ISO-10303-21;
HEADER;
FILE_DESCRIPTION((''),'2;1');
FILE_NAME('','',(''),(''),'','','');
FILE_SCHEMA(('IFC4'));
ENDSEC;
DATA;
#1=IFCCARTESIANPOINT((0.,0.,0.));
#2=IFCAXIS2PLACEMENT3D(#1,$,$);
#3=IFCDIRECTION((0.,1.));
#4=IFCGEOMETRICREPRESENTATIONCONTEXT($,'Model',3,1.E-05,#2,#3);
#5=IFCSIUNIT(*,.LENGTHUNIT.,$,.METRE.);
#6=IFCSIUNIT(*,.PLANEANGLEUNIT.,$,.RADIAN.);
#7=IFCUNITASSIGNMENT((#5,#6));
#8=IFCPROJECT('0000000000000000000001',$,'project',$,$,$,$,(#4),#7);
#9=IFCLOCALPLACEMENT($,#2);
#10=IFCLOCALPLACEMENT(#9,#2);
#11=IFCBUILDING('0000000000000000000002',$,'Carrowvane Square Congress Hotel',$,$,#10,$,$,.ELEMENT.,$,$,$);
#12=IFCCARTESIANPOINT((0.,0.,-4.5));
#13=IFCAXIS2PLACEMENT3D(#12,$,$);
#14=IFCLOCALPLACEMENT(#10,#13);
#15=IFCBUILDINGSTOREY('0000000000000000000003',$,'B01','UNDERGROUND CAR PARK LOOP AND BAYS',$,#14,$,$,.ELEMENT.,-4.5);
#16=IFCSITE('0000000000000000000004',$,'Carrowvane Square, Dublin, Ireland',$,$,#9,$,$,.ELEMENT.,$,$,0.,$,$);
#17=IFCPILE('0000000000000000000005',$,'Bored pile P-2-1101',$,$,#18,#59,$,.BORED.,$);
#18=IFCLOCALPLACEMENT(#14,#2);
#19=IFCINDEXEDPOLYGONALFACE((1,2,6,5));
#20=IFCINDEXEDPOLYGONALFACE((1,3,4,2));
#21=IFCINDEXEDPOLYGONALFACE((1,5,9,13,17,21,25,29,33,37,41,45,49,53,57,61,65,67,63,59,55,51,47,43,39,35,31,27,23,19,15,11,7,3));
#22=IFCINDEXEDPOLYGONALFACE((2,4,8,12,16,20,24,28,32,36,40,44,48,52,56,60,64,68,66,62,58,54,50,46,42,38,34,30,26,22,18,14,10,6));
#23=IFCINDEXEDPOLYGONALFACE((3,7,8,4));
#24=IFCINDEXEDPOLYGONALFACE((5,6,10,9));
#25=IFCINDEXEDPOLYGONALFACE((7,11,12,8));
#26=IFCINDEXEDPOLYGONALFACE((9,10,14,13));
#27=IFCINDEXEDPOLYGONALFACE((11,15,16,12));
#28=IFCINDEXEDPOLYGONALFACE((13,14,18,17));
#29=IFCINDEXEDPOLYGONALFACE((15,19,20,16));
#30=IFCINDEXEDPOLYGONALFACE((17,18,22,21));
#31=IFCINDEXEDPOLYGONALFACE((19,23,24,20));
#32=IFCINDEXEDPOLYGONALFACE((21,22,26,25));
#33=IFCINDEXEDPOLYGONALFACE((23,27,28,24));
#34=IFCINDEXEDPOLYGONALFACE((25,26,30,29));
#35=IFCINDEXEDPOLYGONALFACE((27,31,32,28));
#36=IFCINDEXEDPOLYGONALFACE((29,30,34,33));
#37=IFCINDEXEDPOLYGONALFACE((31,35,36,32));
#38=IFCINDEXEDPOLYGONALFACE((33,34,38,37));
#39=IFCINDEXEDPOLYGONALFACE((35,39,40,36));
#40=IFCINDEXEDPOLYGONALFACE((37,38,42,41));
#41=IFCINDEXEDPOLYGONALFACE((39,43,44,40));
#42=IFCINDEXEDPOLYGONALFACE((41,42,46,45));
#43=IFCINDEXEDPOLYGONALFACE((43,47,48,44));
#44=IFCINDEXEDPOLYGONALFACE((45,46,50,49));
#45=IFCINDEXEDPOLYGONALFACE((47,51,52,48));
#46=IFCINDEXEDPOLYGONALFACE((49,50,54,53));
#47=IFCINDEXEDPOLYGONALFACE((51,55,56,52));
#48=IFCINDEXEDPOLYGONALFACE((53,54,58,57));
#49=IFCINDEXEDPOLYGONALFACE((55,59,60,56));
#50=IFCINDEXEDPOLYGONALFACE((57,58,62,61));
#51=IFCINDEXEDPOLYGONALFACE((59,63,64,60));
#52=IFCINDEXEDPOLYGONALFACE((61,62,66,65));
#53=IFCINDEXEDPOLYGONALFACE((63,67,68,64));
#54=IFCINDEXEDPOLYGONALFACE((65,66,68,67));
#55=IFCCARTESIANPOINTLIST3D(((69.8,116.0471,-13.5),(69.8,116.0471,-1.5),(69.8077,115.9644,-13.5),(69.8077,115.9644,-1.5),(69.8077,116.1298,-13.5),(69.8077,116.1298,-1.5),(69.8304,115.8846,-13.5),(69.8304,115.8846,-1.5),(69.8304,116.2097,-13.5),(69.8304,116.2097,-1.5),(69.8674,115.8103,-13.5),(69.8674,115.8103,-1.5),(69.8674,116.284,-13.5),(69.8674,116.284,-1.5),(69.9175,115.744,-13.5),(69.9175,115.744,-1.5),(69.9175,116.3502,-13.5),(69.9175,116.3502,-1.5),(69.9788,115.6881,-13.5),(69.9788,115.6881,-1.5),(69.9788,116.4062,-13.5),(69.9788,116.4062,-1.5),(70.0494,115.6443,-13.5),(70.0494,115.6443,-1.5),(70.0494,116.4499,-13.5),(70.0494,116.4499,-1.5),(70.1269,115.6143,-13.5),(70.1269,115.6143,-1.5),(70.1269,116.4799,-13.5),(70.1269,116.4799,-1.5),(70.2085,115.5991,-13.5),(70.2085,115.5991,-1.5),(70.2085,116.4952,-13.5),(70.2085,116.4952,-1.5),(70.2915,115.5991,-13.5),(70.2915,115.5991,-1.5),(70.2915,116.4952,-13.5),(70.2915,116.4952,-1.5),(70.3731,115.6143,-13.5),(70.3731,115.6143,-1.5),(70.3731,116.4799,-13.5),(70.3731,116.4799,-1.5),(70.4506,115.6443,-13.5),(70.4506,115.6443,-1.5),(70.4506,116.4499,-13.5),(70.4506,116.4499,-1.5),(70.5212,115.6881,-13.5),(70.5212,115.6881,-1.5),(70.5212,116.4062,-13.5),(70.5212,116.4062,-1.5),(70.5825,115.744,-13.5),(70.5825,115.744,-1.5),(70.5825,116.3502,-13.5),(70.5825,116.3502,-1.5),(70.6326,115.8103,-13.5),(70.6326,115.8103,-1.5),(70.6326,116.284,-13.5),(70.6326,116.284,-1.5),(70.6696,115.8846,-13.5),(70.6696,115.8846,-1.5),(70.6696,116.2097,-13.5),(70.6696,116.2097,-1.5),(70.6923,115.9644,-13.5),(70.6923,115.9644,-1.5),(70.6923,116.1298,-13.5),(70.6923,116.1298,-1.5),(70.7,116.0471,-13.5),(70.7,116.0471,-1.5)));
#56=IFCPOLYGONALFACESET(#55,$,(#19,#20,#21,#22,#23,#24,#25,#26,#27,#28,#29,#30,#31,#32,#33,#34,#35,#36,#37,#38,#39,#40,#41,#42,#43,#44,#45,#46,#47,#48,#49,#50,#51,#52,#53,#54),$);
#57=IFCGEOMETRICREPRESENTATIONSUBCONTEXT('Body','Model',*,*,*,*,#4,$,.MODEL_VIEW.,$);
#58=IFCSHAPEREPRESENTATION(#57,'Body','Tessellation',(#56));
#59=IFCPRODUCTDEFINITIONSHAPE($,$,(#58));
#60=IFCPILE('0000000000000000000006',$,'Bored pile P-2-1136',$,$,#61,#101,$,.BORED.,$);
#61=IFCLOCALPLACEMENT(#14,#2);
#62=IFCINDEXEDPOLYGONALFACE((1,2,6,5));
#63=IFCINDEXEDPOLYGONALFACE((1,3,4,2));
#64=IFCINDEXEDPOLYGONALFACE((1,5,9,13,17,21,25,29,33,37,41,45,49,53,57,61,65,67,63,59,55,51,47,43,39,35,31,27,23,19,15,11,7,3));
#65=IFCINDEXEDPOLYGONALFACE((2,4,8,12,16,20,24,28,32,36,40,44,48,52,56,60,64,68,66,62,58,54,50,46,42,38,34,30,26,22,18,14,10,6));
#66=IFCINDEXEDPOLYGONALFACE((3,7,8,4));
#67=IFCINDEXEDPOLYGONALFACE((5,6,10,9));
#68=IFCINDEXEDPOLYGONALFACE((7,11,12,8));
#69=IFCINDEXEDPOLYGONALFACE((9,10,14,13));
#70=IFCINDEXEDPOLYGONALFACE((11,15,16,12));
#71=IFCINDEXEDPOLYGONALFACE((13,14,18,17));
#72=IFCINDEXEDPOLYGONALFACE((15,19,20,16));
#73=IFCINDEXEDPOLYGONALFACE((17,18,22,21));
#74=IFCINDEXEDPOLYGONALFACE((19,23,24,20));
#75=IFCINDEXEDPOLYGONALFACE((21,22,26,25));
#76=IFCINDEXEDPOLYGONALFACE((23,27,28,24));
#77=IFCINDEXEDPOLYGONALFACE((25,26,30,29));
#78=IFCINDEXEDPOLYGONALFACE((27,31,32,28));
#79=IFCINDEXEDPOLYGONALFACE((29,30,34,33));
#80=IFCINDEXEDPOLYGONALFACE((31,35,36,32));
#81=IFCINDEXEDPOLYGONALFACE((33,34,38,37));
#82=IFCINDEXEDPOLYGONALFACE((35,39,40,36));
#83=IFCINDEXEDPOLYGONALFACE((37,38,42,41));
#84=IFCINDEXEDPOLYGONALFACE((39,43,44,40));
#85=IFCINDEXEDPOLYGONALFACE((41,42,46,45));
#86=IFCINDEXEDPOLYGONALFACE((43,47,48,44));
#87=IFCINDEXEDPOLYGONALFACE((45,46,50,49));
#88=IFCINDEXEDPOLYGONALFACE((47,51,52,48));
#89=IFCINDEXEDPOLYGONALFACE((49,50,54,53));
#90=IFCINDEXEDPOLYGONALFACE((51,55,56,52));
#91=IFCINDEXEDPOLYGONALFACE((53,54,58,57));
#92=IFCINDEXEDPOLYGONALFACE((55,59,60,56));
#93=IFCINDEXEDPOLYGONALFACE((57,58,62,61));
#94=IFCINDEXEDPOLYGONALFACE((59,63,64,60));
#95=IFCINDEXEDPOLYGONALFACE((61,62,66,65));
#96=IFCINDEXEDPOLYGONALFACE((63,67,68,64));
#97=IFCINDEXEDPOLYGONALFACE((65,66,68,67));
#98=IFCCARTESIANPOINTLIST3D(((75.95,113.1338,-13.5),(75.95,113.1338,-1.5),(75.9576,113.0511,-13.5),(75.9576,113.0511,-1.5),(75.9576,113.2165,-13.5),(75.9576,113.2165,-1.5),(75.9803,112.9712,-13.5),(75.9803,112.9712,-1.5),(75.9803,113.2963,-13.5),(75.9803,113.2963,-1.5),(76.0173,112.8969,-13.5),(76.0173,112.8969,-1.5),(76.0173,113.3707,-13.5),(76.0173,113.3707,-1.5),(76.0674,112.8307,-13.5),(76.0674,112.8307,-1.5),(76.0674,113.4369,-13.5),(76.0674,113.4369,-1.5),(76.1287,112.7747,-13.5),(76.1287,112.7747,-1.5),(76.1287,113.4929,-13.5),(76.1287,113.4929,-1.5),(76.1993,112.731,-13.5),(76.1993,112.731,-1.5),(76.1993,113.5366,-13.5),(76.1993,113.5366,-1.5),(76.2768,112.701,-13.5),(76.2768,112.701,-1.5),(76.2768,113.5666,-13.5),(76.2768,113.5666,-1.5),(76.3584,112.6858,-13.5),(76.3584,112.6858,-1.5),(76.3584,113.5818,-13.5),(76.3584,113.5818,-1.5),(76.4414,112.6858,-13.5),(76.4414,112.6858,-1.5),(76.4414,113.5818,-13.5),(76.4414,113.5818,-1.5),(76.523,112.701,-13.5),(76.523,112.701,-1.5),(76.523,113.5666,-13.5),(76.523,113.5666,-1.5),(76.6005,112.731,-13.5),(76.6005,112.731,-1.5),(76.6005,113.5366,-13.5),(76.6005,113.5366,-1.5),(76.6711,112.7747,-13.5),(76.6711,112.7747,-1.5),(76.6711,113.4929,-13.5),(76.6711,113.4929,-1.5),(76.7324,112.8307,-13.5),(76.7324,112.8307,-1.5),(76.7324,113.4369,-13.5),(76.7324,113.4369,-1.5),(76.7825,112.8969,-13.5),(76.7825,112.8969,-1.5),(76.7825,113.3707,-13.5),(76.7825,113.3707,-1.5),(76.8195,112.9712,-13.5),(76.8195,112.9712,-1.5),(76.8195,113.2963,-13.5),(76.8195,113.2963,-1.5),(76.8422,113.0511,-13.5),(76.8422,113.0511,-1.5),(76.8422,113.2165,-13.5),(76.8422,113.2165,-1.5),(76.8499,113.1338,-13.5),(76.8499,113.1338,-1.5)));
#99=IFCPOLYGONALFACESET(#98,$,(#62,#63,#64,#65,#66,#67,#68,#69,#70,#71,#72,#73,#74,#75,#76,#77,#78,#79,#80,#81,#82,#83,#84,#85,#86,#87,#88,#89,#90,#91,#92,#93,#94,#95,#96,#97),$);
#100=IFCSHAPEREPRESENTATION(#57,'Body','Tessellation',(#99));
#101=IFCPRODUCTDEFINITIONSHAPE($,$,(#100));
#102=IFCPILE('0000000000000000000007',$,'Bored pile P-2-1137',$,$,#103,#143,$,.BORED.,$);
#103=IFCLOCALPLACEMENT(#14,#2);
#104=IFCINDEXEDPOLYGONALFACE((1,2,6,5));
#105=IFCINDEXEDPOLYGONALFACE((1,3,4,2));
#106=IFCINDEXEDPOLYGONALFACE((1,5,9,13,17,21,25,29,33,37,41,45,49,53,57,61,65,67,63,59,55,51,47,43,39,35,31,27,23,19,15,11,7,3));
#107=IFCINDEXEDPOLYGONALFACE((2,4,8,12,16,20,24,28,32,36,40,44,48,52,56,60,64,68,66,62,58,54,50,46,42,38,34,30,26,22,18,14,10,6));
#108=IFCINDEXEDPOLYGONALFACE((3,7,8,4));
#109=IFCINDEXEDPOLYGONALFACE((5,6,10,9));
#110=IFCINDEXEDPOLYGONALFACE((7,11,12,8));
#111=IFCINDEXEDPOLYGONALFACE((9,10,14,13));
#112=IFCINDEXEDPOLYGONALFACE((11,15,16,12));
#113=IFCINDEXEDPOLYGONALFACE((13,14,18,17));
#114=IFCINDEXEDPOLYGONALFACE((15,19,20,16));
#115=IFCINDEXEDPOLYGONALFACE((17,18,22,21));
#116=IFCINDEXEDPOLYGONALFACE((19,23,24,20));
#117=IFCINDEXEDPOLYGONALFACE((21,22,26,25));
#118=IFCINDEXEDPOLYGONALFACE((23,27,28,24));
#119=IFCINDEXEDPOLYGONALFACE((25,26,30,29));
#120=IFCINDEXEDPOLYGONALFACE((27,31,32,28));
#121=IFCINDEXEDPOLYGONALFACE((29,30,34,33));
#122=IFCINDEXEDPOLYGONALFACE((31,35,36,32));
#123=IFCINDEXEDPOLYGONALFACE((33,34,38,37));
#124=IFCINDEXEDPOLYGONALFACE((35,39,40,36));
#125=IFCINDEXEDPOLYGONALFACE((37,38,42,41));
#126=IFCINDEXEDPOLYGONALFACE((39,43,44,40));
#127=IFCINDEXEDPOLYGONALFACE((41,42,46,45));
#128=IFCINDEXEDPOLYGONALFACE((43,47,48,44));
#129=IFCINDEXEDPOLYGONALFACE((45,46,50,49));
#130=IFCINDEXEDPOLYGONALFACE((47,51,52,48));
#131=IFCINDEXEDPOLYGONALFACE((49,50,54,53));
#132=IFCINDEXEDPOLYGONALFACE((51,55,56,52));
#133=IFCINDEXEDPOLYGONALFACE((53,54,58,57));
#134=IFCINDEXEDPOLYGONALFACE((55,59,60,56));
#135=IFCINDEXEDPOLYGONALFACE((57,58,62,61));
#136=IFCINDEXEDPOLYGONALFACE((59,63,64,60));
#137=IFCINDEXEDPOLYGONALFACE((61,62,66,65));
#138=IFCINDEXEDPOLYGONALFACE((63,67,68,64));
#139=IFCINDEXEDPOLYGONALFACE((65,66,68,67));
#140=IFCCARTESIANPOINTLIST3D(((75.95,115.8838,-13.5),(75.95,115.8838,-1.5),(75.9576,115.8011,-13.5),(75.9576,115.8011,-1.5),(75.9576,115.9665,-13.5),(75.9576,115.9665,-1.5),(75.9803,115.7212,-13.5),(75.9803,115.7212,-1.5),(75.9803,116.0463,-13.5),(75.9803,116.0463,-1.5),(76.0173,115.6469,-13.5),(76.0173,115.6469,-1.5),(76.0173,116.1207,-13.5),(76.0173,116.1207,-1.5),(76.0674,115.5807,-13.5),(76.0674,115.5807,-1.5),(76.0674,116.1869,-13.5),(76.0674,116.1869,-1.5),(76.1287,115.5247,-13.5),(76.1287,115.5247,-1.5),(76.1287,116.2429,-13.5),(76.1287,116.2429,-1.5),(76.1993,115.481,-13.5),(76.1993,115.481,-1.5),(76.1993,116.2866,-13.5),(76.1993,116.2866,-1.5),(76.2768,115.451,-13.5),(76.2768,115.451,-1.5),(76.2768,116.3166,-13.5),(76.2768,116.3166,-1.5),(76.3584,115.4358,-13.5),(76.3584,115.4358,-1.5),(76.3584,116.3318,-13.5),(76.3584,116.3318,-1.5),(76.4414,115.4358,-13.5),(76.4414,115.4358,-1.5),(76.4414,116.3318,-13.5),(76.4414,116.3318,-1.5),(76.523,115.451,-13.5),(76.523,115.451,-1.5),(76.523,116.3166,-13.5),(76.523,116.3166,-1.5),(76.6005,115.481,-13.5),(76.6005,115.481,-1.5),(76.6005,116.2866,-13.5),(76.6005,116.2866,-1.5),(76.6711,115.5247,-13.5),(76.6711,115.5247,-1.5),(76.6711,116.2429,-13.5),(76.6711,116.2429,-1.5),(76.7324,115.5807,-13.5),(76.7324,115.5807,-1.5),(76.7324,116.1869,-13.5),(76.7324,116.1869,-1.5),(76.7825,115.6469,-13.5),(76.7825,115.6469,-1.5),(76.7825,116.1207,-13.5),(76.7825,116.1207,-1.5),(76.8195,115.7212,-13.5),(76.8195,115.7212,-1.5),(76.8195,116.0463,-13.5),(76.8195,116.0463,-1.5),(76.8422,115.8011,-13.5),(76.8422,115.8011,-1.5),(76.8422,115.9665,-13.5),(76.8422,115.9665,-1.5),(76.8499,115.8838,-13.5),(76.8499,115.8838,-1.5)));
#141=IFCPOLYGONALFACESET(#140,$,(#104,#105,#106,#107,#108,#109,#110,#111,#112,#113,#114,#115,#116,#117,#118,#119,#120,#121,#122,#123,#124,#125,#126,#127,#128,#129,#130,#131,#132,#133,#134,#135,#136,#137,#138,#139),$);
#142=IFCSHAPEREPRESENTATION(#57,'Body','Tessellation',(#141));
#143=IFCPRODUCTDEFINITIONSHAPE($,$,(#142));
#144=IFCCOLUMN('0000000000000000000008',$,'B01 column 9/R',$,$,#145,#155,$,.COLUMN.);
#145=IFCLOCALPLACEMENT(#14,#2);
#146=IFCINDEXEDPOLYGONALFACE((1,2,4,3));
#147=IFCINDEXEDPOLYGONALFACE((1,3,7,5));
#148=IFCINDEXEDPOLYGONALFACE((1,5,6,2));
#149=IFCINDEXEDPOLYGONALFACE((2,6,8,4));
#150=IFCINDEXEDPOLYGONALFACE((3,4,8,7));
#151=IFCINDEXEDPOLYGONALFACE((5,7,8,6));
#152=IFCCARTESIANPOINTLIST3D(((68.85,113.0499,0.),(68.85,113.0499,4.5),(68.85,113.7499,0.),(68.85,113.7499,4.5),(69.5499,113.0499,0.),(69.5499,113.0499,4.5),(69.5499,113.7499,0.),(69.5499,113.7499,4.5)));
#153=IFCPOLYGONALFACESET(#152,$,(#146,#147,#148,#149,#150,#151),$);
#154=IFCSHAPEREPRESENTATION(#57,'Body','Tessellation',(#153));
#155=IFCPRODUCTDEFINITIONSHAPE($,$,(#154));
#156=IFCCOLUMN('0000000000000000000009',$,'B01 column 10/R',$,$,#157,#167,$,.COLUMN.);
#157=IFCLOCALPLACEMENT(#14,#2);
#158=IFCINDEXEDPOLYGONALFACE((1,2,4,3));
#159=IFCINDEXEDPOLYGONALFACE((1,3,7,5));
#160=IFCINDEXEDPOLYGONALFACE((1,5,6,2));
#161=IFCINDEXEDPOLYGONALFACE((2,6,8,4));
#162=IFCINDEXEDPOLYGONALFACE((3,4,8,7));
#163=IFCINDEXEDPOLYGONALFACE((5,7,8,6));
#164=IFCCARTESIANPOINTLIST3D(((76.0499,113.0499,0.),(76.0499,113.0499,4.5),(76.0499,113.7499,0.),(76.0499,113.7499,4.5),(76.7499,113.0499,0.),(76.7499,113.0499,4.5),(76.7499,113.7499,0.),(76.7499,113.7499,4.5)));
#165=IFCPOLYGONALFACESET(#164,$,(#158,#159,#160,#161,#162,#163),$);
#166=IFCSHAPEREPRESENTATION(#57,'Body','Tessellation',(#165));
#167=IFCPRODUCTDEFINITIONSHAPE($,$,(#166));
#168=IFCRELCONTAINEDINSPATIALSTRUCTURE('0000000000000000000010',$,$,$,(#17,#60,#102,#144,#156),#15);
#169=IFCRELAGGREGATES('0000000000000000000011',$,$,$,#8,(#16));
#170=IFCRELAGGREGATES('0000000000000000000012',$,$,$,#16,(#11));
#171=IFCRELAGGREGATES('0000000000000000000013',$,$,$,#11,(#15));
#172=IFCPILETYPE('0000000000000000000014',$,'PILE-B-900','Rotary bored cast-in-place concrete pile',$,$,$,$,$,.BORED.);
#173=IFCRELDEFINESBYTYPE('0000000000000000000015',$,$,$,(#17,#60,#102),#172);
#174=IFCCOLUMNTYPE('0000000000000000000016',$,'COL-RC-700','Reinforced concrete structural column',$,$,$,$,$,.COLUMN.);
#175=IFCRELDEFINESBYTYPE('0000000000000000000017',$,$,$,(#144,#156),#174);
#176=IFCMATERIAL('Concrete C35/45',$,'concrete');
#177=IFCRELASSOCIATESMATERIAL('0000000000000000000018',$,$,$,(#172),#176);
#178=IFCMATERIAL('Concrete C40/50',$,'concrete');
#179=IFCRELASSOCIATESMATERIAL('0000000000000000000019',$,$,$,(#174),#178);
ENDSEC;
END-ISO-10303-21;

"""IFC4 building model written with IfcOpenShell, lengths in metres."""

from ifc_helpers import new_model, si_unit, direction, frame, origin, origin_2d, place, context, subcontext, project, spatial, rectangle, circle, extrude, material, material_profile, profile_set, type_object, element, save


model = new_model("IFC4")

# Units and contexts
model_context = context("Model", 3, precision=1e-05, world=origin(), true_north=direction((0.0, 1.0)))
body_context = subcontext(model_context, "Body", "Model", "MODEL_VIEW")
ifc_project = project(units=[si_unit("LENGTHUNIT", "METRE"), si_unit("PLANEANGLEUNIT", "RADIAN")], contexts=[model_context])

# Site, building, storey
site_placement = place(None, origin())
site = spatial("IfcSite", under=ifc_project, at=site_placement, Name="Carrowvane Square, Dublin, Ireland", CompositionType="ELEMENT", RefElevation=0.0)
building_placement = place(site_placement, origin())
building = spatial("IfcBuilding", under=site, at=building_placement, Name="Carrowvane Square Congress Hotel", CompositionType="ELEMENT")
storey_placement = place(building_placement, frame((0.0, 0.0, -4.5)))
storey = spatial("IfcBuildingStorey", under=building, at=storey_placement, Name="B01", Description="UNDERGROUND CAR PARK LOOP AND BAYS", CompositionType="ELEMENT", Elevation=-4.5)

# Piles
ifc_material_1 = material(Name="Concrete C35/45", Category="concrete")
ifc_material_profile_1 = material_profile(ifc_material_1, circle(Radius=0.45, at=origin_2d()), Name="PILE D900")
ifc_profile_set_1 = profile_set([ifc_material_profile_1], Name="Concrete C35/45")
pile_type = type_object("IfcPileType", Name="PILE-B-900", Description="Rotary bored cast-in-place concrete pile", PredefinedType="BORED", material=ifc_profile_set_1)
for number, where, z_axis, x_axis, name in (
    (1, (70.25, 116.0471, -1.5), (0.0, 0.0, -1.0), (1.0, 0.0, 0.0), "Bored pile P-2-1101"),
    (2, (76.3999, 113.1338, -1.5), (0.0, 0.0, -1.0), (1.0, 0.0, 0.0), "Bored pile P-2-1136"),
    (3, (76.3999, 115.8838, -1.5), (0.0, 0.0, -1.0), (1.0, 0.0, 0.0), "Bored pile P-2-1137"),
):
    element("IfcPile", number, at=place(storey_placement, frame(where, z_axis=z_axis, x_axis=x_axis)), inside=storey, type_object=pile_type, Name=name, PredefinedType="BORED", context=body_context, shape_type="SweptSolid", body=[
        extrude(circle(Radius=0.45, at=origin_2d()), origin(), (0.0, 0.0, 1.0), 12.0),
    ])

# Columns
ifc_material_2 = material(Name="Concrete C40/50", Category="concrete")
ifc_material_profile_2 = material_profile(ifc_material_2, rectangle(XDim=0.7, YDim=0.7, at=origin_2d()), Name="RC 700x700")
ifc_profile_set_2 = profile_set([ifc_material_profile_2], Name="Concrete C40/50")
column_type_1 = type_object("IfcColumnType", Name="COL-RC-700", Description="Reinforced concrete structural column", PredefinedType="COLUMN", material=ifc_profile_set_2)
for number, where, z_axis, x_axis, name in (
    (4, (69.2, 113.3999, 0.0), (0.0, 0.0, 1.0), (1.0, 0.0, 0.0), "B01 column 9/R"),
    (5, (76.3999, 113.3999, 0.0), (0.0, 0.0, 1.0), (1.0, 0.0, 0.0), "B01 column 10/R"),
):
    element("IfcColumn", number, at=place(storey_placement, frame(where, z_axis=z_axis, x_axis=x_axis)), inside=storey, type_object=column_type_1, Name=name, PredefinedType="COLUMN", context=body_context, shape_type="SweptSolid", body=[
        extrude(rectangle(XDim=0.7, YDim=0.7, at=origin_2d()), origin(), (0.0, 0.0, 1.0), 4.5),
    ])

save(model, "model.ifc")
